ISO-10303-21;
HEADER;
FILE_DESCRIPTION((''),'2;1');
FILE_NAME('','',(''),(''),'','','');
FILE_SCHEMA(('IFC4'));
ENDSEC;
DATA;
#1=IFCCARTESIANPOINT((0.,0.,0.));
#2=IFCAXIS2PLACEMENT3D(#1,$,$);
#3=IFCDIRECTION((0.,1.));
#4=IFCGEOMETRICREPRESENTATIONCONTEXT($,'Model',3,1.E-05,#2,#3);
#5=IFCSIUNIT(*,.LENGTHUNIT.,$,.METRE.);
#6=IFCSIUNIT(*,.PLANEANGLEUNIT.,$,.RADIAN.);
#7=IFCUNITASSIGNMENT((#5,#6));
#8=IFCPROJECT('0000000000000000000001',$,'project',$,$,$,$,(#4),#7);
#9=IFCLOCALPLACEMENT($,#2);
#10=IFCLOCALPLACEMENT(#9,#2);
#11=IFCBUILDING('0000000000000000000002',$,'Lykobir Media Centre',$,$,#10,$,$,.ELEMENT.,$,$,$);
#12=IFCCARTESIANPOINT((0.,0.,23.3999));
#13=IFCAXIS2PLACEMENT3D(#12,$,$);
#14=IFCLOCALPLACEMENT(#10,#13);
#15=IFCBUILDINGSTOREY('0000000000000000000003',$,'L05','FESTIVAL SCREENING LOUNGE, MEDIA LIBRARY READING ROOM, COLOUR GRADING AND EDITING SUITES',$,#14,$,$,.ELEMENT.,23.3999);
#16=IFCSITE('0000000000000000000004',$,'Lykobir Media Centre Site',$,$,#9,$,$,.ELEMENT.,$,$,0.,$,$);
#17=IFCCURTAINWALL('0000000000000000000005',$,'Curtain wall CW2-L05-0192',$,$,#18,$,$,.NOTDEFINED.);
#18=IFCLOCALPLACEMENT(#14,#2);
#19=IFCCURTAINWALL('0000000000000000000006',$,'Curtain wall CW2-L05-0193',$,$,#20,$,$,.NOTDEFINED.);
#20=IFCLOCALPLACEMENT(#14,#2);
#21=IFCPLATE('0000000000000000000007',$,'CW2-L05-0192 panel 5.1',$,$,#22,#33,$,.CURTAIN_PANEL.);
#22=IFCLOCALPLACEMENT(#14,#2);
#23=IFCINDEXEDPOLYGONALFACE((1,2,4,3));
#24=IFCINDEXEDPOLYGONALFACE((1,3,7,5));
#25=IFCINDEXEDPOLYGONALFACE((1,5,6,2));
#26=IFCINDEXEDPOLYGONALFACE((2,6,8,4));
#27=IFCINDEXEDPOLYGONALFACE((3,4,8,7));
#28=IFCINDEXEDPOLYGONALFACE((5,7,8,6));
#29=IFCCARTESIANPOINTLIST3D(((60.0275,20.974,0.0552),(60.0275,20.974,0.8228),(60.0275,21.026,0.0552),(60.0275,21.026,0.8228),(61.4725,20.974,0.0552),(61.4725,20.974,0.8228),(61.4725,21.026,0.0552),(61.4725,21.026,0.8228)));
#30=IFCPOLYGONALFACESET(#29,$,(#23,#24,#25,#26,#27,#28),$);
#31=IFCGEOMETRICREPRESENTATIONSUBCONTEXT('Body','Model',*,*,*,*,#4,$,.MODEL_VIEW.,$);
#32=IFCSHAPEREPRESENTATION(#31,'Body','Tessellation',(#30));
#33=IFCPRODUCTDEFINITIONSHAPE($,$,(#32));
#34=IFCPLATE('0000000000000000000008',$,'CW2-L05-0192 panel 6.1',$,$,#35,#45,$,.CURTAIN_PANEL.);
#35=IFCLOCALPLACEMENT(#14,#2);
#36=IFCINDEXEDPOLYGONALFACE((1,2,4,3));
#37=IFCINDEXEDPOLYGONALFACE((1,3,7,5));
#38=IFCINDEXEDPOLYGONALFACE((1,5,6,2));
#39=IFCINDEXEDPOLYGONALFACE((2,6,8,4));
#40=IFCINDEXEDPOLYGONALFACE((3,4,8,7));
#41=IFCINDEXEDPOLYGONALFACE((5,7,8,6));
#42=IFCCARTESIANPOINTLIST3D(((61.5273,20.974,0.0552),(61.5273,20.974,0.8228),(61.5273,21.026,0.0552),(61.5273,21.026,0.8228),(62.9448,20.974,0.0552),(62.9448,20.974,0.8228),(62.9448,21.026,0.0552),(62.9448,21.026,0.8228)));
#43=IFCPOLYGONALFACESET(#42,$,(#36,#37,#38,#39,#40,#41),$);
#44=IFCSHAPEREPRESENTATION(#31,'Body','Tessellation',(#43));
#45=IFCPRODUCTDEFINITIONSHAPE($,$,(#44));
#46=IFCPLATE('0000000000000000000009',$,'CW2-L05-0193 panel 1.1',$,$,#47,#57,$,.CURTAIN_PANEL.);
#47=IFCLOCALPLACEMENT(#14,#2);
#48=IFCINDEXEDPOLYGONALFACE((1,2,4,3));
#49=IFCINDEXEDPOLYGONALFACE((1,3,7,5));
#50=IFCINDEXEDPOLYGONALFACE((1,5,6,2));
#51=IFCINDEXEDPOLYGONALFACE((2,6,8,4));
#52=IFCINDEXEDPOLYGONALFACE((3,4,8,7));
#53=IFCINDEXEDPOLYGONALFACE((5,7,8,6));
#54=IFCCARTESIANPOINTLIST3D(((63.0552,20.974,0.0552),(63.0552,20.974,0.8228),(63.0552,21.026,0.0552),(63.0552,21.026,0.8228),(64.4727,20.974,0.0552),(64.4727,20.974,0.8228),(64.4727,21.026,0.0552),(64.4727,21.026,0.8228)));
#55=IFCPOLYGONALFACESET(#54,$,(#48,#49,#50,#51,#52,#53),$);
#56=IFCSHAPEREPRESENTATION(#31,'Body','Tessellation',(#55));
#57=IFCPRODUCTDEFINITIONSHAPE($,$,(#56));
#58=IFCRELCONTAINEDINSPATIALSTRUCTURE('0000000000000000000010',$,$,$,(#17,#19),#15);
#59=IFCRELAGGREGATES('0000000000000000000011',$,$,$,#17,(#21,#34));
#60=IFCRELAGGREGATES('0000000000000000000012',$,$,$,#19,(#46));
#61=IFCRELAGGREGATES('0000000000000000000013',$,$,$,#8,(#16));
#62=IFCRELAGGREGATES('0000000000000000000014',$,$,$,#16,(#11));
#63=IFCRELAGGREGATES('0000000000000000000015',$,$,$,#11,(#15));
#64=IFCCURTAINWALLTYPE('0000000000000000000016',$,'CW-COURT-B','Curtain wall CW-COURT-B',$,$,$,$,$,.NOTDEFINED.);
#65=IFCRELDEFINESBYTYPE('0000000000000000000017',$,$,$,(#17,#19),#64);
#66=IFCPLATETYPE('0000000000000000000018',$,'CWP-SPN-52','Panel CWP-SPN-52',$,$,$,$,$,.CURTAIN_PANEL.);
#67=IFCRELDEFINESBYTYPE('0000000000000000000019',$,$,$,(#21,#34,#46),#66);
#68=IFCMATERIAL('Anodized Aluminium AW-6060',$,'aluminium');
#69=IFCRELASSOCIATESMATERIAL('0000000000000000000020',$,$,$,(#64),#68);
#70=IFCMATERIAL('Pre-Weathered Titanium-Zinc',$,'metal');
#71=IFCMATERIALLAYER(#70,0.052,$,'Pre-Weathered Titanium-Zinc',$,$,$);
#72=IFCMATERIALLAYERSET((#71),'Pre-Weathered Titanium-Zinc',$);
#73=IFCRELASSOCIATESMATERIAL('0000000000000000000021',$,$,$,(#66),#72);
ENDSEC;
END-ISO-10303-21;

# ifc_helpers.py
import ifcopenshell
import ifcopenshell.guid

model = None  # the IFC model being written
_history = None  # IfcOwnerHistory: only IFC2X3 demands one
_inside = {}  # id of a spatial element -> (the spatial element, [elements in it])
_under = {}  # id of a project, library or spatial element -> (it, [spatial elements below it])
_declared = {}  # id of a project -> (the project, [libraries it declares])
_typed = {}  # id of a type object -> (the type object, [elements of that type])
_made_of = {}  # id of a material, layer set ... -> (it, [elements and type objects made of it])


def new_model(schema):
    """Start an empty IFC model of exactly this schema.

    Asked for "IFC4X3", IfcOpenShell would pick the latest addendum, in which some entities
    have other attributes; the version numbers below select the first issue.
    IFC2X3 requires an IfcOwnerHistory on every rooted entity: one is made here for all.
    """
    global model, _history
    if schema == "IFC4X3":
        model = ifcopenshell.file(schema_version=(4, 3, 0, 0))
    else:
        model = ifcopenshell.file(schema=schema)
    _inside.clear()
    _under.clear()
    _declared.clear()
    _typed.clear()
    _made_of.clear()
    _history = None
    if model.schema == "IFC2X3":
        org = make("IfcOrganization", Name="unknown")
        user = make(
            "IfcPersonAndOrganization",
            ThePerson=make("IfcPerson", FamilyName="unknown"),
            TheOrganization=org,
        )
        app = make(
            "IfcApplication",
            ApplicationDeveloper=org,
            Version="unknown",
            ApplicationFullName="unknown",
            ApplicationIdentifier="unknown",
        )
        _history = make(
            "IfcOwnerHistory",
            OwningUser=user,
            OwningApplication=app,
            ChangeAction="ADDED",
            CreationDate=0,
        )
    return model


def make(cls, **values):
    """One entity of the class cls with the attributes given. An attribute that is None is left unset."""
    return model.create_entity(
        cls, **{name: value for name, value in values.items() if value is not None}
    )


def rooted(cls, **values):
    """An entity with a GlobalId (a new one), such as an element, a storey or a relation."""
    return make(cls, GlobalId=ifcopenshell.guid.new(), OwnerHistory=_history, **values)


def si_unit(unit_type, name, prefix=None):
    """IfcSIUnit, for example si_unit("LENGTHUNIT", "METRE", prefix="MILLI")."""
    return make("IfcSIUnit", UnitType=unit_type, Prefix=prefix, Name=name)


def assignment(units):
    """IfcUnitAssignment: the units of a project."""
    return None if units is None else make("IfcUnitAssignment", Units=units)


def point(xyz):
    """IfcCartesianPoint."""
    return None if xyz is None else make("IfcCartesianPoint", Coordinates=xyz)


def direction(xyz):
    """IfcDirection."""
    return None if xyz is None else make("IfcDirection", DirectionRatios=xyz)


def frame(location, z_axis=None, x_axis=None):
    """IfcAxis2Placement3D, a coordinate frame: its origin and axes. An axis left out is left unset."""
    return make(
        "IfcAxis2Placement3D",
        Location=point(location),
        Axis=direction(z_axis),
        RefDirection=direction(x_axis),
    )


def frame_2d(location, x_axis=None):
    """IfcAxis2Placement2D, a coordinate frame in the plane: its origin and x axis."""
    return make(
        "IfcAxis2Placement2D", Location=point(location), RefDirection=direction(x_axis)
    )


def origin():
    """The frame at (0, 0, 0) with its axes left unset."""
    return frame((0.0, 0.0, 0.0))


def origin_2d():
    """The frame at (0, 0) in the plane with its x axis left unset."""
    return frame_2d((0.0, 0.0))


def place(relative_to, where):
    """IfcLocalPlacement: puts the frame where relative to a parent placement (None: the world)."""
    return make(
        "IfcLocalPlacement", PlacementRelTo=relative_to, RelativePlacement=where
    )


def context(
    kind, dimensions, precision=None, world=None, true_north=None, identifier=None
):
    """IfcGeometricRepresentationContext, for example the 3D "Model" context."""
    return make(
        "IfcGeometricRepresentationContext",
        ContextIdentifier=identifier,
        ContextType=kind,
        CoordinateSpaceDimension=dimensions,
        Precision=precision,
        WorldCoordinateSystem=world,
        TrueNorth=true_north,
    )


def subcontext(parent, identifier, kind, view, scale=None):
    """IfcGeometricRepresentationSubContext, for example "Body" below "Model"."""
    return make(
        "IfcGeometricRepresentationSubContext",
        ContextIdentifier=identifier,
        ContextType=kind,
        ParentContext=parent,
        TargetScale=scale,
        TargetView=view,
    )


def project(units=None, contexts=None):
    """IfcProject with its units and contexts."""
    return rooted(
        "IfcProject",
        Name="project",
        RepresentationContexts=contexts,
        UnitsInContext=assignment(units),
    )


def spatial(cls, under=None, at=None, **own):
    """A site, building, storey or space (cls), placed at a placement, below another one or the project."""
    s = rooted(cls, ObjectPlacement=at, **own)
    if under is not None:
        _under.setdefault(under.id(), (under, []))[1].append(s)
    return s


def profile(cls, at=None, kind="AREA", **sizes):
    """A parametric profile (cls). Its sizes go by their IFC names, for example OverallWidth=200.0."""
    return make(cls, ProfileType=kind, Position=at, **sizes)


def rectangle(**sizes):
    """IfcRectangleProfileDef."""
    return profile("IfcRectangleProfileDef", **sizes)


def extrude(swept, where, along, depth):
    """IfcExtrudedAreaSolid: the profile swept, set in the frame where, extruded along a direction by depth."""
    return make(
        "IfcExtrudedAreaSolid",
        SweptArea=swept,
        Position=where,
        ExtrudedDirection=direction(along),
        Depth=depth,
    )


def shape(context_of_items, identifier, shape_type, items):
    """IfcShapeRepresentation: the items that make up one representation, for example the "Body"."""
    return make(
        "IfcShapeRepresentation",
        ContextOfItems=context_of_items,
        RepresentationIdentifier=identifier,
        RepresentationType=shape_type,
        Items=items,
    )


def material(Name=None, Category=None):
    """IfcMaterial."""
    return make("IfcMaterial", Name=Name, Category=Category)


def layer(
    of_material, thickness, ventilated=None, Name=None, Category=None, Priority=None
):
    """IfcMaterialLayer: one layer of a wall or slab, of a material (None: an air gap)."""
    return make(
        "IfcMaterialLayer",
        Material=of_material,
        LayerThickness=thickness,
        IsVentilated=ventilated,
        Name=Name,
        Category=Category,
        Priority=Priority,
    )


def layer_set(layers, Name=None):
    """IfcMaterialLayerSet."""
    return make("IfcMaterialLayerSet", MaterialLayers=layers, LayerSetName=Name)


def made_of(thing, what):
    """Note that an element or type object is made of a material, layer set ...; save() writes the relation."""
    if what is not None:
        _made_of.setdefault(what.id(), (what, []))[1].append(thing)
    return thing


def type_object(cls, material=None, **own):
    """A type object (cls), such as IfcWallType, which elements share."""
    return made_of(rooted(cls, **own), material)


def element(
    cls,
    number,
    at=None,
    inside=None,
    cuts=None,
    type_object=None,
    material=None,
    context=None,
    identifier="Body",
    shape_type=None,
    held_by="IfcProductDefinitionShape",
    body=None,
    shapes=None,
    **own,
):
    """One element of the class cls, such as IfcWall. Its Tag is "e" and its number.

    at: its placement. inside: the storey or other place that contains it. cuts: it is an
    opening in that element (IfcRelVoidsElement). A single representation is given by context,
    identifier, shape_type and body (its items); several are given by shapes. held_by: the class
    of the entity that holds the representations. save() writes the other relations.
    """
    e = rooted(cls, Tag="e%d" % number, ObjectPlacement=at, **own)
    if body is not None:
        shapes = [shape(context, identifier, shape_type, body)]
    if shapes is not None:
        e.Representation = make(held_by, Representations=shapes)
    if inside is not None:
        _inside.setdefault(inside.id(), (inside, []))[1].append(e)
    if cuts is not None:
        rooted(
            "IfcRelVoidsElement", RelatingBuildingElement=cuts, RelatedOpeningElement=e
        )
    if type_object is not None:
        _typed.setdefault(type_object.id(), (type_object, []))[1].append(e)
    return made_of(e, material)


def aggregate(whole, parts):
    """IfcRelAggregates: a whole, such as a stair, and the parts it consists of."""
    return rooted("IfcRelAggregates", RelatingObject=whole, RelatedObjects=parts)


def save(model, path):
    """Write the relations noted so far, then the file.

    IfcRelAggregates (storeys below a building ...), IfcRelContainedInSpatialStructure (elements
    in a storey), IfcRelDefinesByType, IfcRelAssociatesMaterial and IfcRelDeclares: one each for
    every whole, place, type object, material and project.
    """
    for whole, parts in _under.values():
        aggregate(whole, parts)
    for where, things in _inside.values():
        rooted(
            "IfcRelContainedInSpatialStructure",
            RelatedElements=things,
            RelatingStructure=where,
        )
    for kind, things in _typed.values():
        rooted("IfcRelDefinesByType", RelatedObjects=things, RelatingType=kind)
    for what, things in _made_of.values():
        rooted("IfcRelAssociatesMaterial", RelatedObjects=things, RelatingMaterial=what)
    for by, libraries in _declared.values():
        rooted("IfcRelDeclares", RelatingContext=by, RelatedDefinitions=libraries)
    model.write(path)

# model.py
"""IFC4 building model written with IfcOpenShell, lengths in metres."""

from ifc_helpers import new_model, si_unit, direction, frame, origin, origin_2d, place, context, subcontext, project, spatial, rectangle, extrude, material, layer, layer_set, type_object, element, aggregate, save


model = new_model("IFC4")

# Units and contexts
model_context = context("Model", 3, precision=1e-05, world=origin(), true_north=direction((0.0, 1.0)))
body_context = subcontext(model_context, "Body", "Model", "MODEL_VIEW")
ifc_project = project(units=[si_unit("LENGTHUNIT", "METRE"), si_unit("PLANEANGLEUNIT", "RADIAN")], contexts=[model_context])

# Site, building, storey
site_placement = place(None, origin())
site = spatial("IfcSite", under=ifc_project, at=site_placement, Name="Lykobir Media Centre Site", CompositionType="ELEMENT", RefElevation=0.0)
building_placement = place(site_placement, origin())
building = spatial("IfcBuilding", under=site, at=building_placement, Name="Lykobir Media Centre", CompositionType="ELEMENT")
storey_placement = place(building_placement, frame((0.0, 0.0, 23.3999)))
storey = spatial("IfcBuildingStorey", under=building, at=storey_placement, Name="L05", Description="FESTIVAL SCREENING LOUNGE, MEDIA LIBRARY READING ROOM, COLOUR GRADING AND EDITING SUITES", CompositionType="ELEMENT", Elevation=23.3999)

# Curtain walls
ifc_material_1 = material(Name="Anodized Aluminium AW-6060", Category="aluminium")
curtain_wall_type = type_object("IfcCurtainWallType", Name="CW-COURT-B", Description="Curtain wall CW-COURT-B", PredefinedType="NOTDEFINED", material=ifc_material_1)
curtain_wall_1_placement = place(storey_placement, origin())
curtain_wall_1 = element("IfcCurtainWall", 1, at=curtain_wall_1_placement, inside=storey, type_object=curtain_wall_type, Name="Curtain wall CW2-L05-0192", PredefinedType="NOTDEFINED")
curtain_wall_2_placement = place(storey_placement, origin())
curtain_wall_2 = element("IfcCurtainWall", 2, at=curtain_wall_2_placement, inside=storey, type_object=curtain_wall_type, Name="Curtain wall CW2-L05-0193", PredefinedType="NOTDEFINED")

# Plates
ifc_material_2 = material(Name="Pre-Weathered Titanium-Zinc", Category="metal")
ifc_layer_1 = layer(ifc_material_2, 0.052, Name="Pre-Weathered Titanium-Zinc")
ifc_layer_set_1 = layer_set([ifc_layer_1], Name="Pre-Weathered Titanium-Zinc")
plate_type_1 = type_object("IfcPlateType", Name="CWP-SPN-52", Description="Panel CWP-SPN-52", PredefinedType="CURTAIN_PANEL", material=ifc_layer_set_1)
plate_1_placement = place(storey_placement, frame((60.75, 21.0, 0.0552), z_axis=(0.0, 0.0, 1.0), x_axis=(1.0, 0.0, 0.0)))
plate_1 = element("IfcPlate", 3, at=plate_1_placement, type_object=plate_type_1, Name="CW2-L05-0192 panel 5.1", PredefinedType="CURTAIN_PANEL", context=body_context, shape_type="SweptSolid", body=[
    extrude(rectangle(XDim=1.4451, YDim=0.052, at=origin_2d()), origin(), (0.0, 0.0, 1.0), 0.7676),
])
plate_2_placement = place(storey_placement, frame((62.2361, 21.0, 0.0552), z_axis=(0.0, 0.0, 1.0), x_axis=(1.0, 0.0, 0.0)))
plate_2 = element("IfcPlate", 4, at=plate_2_placement, type_object=plate_type_1, Name="CW2-L05-0192 panel 6.1", PredefinedType="CURTAIN_PANEL", context=body_context, shape_type="SweptSolid", body=[
    extrude(rectangle(XDim=1.4175, YDim=0.052, at=origin_2d()), origin(), (0.0, 0.0, 1.0), 0.7676),
])
aggregate(curtain_wall_1, [plate_1, plate_2])
plate_3_placement = place(storey_placement, frame((63.7639, 21.0, 0.0552), z_axis=(0.0, 0.0, 1.0), x_axis=(1.0, 0.0, 0.0)))
plate_3 = element("IfcPlate", 5, at=plate_3_placement, type_object=plate_type_1, Name="CW2-L05-0193 panel 1.1", PredefinedType="CURTAIN_PANEL", context=body_context, shape_type="SweptSolid", body=[
    extrude(rectangle(XDim=1.4175, YDim=0.052, at=origin_2d()), origin(), (0.0, 0.0, 1.0), 0.7676),
])
aggregate(curtain_wall_2, [plate_3])

save(model, "model.ifc")
